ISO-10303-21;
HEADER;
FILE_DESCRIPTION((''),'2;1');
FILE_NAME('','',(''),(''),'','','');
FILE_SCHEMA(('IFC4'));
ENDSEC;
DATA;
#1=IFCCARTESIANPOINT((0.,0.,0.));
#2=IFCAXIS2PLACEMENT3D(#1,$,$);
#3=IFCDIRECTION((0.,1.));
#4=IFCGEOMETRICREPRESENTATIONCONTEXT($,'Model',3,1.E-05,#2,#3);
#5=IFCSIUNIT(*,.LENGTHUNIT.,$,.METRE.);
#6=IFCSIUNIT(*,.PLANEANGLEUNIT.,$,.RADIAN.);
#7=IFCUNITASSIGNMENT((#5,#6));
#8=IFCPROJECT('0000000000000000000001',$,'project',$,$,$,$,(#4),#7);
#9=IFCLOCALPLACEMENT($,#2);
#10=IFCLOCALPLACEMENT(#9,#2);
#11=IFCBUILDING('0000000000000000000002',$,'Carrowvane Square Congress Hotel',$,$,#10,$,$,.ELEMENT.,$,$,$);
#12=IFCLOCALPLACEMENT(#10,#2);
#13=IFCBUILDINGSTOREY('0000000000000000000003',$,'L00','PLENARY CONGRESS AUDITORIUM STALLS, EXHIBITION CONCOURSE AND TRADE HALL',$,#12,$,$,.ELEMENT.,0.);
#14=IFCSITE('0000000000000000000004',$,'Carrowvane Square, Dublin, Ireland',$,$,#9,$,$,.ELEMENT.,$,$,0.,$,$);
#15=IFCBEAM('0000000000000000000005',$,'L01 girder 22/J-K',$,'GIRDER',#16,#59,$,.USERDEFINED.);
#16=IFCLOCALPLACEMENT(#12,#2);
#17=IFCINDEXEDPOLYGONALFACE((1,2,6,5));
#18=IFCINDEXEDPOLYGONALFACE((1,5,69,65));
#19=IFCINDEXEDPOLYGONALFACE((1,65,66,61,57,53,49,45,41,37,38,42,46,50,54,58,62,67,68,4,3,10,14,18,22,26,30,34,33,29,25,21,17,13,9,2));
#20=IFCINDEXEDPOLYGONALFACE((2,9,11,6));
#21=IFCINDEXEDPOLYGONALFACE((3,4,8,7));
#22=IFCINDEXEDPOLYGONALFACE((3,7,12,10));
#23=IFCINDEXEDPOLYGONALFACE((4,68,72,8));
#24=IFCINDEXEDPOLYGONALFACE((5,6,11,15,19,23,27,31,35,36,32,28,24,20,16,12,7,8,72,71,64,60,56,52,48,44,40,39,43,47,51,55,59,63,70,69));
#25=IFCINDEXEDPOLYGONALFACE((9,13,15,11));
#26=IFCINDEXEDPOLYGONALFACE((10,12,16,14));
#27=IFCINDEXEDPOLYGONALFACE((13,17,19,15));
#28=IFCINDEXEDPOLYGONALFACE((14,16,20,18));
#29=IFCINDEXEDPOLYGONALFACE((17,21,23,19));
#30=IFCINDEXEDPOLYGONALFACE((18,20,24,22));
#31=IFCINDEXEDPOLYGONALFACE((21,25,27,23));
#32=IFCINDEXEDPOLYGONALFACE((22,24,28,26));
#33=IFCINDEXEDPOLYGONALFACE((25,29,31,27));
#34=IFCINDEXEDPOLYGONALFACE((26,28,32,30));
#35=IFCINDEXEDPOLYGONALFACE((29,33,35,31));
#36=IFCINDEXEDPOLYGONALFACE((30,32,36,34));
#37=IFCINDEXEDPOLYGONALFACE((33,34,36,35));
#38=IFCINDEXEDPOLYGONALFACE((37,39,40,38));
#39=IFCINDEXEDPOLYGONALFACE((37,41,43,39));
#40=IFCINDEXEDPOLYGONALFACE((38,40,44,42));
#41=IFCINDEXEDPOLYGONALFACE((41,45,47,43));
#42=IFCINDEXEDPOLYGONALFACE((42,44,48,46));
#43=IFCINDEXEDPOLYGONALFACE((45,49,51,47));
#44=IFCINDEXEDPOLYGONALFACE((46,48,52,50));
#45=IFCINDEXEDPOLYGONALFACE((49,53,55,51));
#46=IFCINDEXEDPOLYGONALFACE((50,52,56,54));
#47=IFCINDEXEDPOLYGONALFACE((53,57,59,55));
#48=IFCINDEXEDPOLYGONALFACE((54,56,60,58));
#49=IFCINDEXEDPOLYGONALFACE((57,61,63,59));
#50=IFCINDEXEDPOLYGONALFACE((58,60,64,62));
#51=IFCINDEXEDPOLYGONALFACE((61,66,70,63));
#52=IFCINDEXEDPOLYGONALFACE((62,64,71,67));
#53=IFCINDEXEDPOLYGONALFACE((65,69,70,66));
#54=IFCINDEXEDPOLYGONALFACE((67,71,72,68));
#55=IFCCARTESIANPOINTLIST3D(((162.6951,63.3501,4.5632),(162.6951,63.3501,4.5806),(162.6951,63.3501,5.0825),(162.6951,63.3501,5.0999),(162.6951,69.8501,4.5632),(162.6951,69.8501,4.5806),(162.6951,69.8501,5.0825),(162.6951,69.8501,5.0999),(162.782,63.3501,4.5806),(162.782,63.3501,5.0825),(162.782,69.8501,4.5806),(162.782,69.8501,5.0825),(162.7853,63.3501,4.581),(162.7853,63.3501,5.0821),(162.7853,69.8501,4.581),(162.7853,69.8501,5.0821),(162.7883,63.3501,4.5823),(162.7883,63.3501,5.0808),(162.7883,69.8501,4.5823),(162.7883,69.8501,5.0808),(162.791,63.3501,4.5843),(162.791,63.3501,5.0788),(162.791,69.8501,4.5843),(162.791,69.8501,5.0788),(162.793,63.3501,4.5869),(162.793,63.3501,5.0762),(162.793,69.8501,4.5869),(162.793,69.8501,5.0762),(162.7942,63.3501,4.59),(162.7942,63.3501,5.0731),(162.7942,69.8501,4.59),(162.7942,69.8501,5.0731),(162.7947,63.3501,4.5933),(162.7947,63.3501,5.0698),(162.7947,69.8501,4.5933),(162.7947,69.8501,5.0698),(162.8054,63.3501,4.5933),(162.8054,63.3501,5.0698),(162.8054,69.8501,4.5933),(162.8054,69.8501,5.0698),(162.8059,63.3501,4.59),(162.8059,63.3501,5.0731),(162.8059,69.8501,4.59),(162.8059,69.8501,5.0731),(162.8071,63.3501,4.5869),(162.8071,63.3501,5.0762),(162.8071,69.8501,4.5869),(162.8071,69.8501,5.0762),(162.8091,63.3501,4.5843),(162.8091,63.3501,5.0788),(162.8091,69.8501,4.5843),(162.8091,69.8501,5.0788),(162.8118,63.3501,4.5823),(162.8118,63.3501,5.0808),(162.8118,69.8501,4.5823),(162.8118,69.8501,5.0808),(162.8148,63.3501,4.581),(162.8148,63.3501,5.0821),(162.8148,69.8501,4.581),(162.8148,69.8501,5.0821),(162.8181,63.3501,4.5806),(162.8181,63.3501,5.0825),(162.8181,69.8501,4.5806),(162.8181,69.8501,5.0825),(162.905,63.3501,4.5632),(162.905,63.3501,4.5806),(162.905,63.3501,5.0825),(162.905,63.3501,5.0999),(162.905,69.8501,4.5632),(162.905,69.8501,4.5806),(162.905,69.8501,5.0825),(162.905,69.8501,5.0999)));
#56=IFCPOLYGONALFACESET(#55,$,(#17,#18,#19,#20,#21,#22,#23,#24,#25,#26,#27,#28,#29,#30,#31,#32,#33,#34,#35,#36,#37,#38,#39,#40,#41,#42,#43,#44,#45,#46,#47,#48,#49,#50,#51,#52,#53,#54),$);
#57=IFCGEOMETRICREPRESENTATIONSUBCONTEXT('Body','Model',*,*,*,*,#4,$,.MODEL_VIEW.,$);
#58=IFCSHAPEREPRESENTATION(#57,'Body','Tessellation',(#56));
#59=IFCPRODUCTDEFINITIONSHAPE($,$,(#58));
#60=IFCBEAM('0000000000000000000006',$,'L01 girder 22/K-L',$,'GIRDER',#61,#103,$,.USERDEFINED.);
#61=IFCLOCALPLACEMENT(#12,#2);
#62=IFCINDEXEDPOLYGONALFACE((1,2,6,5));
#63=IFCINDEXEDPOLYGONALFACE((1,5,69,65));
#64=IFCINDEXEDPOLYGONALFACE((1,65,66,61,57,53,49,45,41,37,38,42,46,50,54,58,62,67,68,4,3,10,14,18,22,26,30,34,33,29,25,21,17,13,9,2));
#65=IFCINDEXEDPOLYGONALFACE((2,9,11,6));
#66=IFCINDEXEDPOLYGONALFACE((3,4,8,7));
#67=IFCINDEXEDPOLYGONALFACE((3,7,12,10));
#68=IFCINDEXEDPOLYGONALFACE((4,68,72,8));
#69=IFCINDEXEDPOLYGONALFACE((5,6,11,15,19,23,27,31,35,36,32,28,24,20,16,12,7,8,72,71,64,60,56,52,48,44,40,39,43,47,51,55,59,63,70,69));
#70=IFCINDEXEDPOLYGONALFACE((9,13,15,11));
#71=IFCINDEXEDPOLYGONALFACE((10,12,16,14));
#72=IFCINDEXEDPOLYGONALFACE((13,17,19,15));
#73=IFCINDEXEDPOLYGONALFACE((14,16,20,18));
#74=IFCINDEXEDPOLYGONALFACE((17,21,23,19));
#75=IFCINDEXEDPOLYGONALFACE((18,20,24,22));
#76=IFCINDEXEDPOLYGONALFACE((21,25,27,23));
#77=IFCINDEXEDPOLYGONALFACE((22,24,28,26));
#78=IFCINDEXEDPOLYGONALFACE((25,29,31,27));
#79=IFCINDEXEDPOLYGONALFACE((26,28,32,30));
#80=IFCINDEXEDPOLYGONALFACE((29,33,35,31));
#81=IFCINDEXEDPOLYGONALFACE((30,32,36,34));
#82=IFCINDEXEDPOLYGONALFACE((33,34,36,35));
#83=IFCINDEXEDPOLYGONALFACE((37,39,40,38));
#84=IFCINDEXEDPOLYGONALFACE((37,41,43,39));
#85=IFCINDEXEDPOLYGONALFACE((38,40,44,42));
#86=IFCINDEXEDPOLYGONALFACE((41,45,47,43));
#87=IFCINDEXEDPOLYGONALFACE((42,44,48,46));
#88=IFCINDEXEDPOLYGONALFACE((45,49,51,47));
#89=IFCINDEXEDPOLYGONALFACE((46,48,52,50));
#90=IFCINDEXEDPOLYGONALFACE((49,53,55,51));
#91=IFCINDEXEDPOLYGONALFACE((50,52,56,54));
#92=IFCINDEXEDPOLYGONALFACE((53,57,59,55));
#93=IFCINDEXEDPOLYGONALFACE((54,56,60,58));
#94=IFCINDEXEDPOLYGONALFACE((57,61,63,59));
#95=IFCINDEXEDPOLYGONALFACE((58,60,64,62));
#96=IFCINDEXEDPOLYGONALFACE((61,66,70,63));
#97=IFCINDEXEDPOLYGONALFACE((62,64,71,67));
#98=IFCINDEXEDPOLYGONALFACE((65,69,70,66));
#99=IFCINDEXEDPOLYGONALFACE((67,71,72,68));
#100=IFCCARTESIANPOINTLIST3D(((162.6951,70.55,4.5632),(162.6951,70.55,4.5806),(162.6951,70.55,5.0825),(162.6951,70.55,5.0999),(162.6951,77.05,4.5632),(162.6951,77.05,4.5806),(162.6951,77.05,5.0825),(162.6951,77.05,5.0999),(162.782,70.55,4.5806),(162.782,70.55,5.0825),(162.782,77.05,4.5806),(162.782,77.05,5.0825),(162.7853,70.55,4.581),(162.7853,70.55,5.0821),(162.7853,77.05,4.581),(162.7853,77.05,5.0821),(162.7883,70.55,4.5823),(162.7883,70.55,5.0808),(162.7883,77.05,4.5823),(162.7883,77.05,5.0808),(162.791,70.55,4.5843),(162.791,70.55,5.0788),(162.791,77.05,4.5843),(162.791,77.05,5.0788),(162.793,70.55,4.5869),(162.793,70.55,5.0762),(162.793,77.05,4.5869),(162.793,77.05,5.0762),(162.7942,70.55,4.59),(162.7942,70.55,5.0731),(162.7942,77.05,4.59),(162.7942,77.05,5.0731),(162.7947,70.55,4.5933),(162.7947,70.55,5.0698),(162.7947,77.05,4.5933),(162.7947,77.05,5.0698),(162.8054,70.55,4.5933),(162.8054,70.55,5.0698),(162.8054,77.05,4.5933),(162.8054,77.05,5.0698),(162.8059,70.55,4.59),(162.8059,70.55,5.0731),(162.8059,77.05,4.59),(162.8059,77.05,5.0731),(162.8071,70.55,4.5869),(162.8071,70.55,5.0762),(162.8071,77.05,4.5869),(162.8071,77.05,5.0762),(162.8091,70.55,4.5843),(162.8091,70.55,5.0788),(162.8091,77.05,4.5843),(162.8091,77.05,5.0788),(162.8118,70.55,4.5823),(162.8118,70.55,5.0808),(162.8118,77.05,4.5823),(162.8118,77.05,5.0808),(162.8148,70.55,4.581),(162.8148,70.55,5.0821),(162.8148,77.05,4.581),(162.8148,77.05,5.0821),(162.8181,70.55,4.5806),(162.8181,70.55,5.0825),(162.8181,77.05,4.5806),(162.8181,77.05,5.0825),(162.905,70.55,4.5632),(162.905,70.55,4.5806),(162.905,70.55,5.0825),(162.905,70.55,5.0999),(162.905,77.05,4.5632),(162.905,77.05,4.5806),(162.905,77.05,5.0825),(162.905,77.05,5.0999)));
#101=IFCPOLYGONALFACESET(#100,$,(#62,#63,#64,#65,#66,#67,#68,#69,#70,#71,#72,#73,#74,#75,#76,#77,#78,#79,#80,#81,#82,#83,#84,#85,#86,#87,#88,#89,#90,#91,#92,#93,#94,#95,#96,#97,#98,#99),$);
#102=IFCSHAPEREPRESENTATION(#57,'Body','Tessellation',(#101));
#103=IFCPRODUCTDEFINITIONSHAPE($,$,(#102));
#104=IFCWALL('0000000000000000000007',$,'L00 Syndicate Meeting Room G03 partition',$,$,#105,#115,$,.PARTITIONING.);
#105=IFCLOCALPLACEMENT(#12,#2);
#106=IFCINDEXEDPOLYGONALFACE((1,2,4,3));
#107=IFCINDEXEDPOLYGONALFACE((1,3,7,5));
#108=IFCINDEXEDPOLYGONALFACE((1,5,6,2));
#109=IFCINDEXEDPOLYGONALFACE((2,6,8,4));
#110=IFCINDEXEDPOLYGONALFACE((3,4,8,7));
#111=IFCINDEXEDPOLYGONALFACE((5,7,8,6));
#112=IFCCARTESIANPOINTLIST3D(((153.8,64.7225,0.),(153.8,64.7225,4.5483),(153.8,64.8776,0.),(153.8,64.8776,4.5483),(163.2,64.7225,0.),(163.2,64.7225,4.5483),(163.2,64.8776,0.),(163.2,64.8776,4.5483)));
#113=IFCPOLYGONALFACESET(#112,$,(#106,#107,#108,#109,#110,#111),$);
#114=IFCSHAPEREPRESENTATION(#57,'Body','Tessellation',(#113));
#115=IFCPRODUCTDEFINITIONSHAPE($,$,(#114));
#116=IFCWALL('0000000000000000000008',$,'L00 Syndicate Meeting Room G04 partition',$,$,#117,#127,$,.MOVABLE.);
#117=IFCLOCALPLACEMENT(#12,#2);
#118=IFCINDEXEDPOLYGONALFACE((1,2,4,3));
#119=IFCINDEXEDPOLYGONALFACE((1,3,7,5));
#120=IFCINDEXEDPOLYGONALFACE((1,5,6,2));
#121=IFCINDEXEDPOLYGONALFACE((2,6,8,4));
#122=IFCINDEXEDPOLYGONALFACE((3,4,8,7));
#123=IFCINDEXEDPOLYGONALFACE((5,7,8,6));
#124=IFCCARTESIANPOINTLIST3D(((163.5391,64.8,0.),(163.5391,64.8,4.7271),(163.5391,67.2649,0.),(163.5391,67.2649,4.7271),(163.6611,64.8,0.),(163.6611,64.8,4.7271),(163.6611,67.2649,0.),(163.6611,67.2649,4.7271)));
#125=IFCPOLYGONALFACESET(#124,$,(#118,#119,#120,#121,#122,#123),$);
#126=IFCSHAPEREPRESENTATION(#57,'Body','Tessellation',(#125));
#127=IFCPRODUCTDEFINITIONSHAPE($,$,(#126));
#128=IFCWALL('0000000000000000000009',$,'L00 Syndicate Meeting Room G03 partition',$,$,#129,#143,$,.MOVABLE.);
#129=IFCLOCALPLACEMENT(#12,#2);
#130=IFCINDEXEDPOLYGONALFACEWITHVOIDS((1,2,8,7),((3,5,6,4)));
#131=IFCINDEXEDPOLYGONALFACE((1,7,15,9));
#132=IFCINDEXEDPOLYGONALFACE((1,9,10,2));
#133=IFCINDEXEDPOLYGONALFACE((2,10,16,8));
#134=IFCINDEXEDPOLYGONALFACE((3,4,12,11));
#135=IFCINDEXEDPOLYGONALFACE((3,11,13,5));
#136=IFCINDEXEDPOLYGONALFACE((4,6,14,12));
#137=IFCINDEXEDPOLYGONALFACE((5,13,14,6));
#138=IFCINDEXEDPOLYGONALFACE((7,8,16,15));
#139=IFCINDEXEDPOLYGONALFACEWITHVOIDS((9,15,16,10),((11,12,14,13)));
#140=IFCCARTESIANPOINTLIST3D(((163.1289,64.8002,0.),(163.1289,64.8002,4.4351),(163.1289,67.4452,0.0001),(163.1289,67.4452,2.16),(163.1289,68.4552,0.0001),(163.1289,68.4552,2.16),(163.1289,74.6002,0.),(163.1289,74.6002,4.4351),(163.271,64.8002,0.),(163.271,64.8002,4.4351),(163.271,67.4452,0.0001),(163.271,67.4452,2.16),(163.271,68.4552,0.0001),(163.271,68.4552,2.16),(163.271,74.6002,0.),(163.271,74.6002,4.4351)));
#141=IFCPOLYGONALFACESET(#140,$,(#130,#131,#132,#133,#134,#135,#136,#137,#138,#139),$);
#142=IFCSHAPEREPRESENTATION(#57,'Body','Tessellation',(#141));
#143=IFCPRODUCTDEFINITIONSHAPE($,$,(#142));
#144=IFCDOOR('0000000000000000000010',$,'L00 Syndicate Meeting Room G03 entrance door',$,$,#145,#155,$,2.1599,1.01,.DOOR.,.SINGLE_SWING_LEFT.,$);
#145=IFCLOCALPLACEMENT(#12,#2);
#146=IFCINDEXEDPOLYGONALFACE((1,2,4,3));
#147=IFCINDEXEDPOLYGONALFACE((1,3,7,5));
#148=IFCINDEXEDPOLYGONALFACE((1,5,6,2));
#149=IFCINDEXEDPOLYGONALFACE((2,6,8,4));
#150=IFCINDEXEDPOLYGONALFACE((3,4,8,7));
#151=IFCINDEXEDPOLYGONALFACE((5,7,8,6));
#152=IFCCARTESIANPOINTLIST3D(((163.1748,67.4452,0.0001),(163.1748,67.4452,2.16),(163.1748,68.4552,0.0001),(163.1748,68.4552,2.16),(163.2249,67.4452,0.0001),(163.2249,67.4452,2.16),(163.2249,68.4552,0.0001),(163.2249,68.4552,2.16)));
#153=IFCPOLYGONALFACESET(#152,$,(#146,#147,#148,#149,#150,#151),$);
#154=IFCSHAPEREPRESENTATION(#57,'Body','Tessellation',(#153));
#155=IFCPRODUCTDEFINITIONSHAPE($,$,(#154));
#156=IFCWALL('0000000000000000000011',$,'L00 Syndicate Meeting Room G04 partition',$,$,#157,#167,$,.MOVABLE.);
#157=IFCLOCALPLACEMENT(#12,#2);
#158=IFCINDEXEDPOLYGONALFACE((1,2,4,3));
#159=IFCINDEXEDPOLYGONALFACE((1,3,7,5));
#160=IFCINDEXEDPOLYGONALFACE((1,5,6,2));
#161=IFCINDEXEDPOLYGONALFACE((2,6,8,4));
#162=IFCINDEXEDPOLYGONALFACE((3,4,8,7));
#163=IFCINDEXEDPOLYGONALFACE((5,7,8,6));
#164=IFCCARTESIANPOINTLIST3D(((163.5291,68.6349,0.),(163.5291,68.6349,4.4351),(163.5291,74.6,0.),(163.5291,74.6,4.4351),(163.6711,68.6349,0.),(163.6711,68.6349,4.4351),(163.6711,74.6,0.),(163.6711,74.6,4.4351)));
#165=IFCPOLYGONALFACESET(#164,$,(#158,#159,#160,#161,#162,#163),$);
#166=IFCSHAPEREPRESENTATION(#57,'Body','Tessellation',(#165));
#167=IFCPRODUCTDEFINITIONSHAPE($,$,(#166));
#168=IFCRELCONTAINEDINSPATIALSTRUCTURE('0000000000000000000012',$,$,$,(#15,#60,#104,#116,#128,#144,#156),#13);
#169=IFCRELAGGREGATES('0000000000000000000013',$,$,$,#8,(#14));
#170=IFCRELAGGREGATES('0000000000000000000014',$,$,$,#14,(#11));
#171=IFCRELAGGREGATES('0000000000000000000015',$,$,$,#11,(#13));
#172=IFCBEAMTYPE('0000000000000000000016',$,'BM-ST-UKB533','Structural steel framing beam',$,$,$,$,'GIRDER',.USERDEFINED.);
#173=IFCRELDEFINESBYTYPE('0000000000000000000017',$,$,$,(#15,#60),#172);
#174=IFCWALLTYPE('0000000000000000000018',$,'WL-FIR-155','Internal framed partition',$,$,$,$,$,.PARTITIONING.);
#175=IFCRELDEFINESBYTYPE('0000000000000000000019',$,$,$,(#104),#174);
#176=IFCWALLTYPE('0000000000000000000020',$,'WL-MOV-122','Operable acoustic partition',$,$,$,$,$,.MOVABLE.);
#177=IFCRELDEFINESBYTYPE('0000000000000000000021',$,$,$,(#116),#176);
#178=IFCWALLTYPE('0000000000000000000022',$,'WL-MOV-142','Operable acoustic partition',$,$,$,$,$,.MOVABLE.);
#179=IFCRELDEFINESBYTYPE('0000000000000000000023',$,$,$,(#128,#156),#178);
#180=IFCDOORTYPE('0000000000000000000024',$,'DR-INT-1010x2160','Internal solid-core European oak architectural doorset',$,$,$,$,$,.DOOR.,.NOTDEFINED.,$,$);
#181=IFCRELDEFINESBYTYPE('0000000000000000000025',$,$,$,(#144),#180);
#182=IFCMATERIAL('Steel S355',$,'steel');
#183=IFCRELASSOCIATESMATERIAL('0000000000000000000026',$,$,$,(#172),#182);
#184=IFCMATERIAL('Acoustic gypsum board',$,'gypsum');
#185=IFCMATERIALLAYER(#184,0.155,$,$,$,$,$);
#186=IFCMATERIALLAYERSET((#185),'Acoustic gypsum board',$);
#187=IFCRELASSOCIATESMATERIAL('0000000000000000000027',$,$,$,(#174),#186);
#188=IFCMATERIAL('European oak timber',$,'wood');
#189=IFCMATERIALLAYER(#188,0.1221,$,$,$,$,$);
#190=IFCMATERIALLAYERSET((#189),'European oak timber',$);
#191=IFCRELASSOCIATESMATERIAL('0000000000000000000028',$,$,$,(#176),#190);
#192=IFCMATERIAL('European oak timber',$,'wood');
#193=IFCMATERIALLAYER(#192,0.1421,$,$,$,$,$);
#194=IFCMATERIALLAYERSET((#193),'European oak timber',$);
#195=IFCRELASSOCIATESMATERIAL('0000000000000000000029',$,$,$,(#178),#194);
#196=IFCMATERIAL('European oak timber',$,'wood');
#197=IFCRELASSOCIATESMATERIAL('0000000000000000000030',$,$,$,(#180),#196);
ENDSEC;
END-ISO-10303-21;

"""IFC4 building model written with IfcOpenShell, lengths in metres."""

from ifc_helpers import new_model, si_unit, direction, frame, frame_2d, origin, origin_2d, place, context, subcontext, project, spatial, rectangle, i_section, extrude, material, layer, layer_set, material_profile, profile_set, type_object, element, fill, save


model = new_model("IFC4")

# Units and contexts
model_context = context("Model", 3, precision=1e-05, world=origin(), true_north=direction((0.0, 1.0)))
body_context = subcontext(model_context, "Body", "Model", "MODEL_VIEW")
ifc_project = project(units=[si_unit("LENGTHUNIT", "METRE"), si_unit("PLANEANGLEUNIT", "RADIAN")], contexts=[model_context])

# Site, building, storey
site_placement = place(None, origin())
site = spatial("IfcSite", under=ifc_project, at=site_placement, Name="Carrowvane Square, Dublin, Ireland", CompositionType="ELEMENT", RefElevation=0.0)
building_placement = place(site_placement, origin())
building = spatial("IfcBuilding", under=site, at=building_placement, Name="Carrowvane Square Congress Hotel", CompositionType="ELEMENT")
storey_placement = place(building_placement, origin())
storey = spatial("IfcBuildingStorey", under=building, at=storey_placement, Name="L00", Description="PLENARY CONGRESS AUDITORIUM STALLS, EXHIBITION CONCOURSE AND TRADE HALL", CompositionType="ELEMENT", Elevation=0.0)

# Beams
ifc_material_1 = material(Name="Steel S355", Category="steel")
ifc_material_profile_1 = material_profile(ifc_material_1, i_section(OverallWidth=0.21, OverallDepth=0.5366, WebThickness=0.0107, FlangeThickness=0.0173, FilletRadius=0.0127, at=origin_2d()), Name="UKB 533x210x101")
ifc_profile_set_1 = profile_set([ifc_material_profile_1], Name="Steel S355")
beam_type_1 = type_object("IfcBeamType", Name="BM-ST-UKB533", Description="Structural steel framing beam", ElementType="GIRDER", PredefinedType="USERDEFINED", material=ifc_profile_set_1)
for number, where, z_axis, x_axis, name in (
    (1, (162.8, 63.3501, 4.8315), (0.0, 1.0, 0.0), (-1.0, 0.0, 0.0), "L01 girder 22/J-K"),
    (2, (162.8, 70.55, 4.8315), (0.0, 1.0, 0.0), (-1.0, 0.0, 0.0), "L01 girder 22/K-L"),
):
    element("IfcBeam", number, at=place(storey_placement, frame(where, z_axis=z_axis, x_axis=x_axis)), inside=storey, type_object=beam_type_1, Name=name, ObjectType="GIRDER", PredefinedType="USERDEFINED", context=body_context, shape_type="SweptSolid", body=[
        extrude(i_section(OverallWidth=0.21, OverallDepth=0.5366, WebThickness=0.0107, FlangeThickness=0.0173, FilletRadius=0.0127, at=origin_2d()), origin(), (0.0, 0.0, 1.0), 6.5),
    ])

# Walls
ifc_material_2 = material(Name="Acoustic gypsum board", Category="gypsum")
ifc_layer_1 = layer(ifc_material_2, 0.155)
ifc_layer_set_1 = layer_set([ifc_layer_1], Name="Acoustic gypsum board")
wall_type_1 = type_object("IfcWallType", Name="WL-FIR-155", Description="Internal framed partition", PredefinedType="PARTITIONING", material=ifc_layer_set_1)
wall_1_placement = place(storey_placement, frame((163.2, 64.8, 0.0), z_axis=(0.0, 0.0, 1.0), x_axis=(-1.0, 0.0, 0.0)))
element("IfcWall", 3, at=wall_1_placement, inside=storey, type_object=wall_type_1, Name="L00 Syndicate Meeting Room G03 partition", PredefinedType="PARTITIONING", context=body_context, shape_type="SweptSolid", body=[
    extrude(rectangle(XDim=9.3999, YDim=0.155, at=frame_2d((4.7, 0.0))), origin(), (0.0, 0.0, 1.0), 4.5483),
])
ifc_material_3 = material(Name="European oak timber", Category="wood")
ifc_layer_2 = layer(ifc_material_3, 0.1221)
ifc_layer_set_2 = layer_set([ifc_layer_2], Name="European oak timber")
wall_type_2 = type_object("IfcWallType", Name="WL-MOV-122", Description="Operable acoustic partition", PredefinedType="MOVABLE", material=ifc_layer_set_2)
wall_2_placement = place(storey_placement, frame((163.6001, 64.8, 0.0), z_axis=(0.0, 0.0, 1.0), x_axis=(0.0, 1.0, 0.0)))
element("IfcWall", 4, at=wall_2_placement, inside=storey, type_object=wall_type_2, Name="L00 Syndicate Meeting Room G04 partition", PredefinedType="MOVABLE", context=body_context, shape_type="SweptSolid", body=[
    extrude(rectangle(XDim=2.4648, YDim=0.1221, at=frame_2d((1.2324, 0.0))), origin(), (0.0, 0.0, 1.0), 4.7271),
])

# Wall, opening, door
ifc_material_4 = material(Name="European oak timber", Category="wood")
ifc_layer_3 = layer(ifc_material_4, 0.1421)
ifc_layer_set_3 = layer_set([ifc_layer_3], Name="European oak timber")
wall_type_3 = type_object("IfcWallType", Name="WL-MOV-142", Description="Operable acoustic partition", PredefinedType="MOVABLE", material=ifc_layer_set_3)
wall_3_placement = place(storey_placement, frame((163.2, 74.6001, 0.0), z_axis=(0.0, 0.0, 1.0), x_axis=(0.0, -1.0, 0.0)))
wall_3 = element("IfcWall", 5, at=wall_3_placement, inside=storey, type_object=wall_type_3, Name="L00 Syndicate Meeting Room G03 partition", PredefinedType="MOVABLE", context=body_context, shape_type="SweptSolid", body=[
    extrude(rectangle(XDim=9.8, YDim=0.1421, at=frame_2d((4.8999, 0.0))), origin(), (0.0, 0.0, 1.0), 4.4351),
])
opening_1_placement = place(wall_3_placement, frame((6.145, 0.0, 0.0)))
opening_1 = element("IfcOpeningElement", 6, at=opening_1_placement, cuts=wall_3, PredefinedType="OPENING", context=body_context, shape_type="SweptSolid", body=[
    extrude(rectangle(XDim=1.01, YDim=2.1599, at=frame_2d((0.5049, 1.0801))), frame((0.0, 0.0811, 0.0), z_axis=(0.0, -1.0, 0.0), x_axis=(1.0, 0.0, 0.0)), (0.0, 0.0, 1.0), 0.1621),
])
ifc_material_5 = material(Name="European oak timber", Category="wood")
door_type_1 = type_object("IfcDoorType", Name="DR-INT-1010x2160", Description="Internal solid-core European oak architectural doorset", OperationType="NOTDEFINED", PredefinedType="DOOR", material=ifc_material_5)
door_1_placement = place(opening_1_placement, origin())
door_1 = element("IfcDoor", 7, at=door_1_placement, inside=storey, type_object=door_type_1, Name="L00 Syndicate Meeting Room G03 entrance door", OperationType="SINGLE_SWING_LEFT", OverallHeight=2.1599, OverallWidth=1.01, PredefinedType="DOOR", context=body_context, shape_type="SweptSolid", body=[
    extrude(rectangle(XDim=1.01, YDim=2.1599, at=frame_2d((0.5049, 1.0801))), frame((0.0, 0.0249, 0.0), z_axis=(0.0, -1.0, 0.0), x_axis=(1.0, 0.0, 0.0)), (0.0, 0.0, 1.0), 0.05),
])
fill(opening_1, door_1)

# Wall
wall_4_placement = place(storey_placement, frame((163.6001, 68.635, 0.0), z_axis=(0.0, 0.0, 1.0), x_axis=(0.0, 1.0, 0.0)))
element("IfcWall", 8, at=wall_4_placement, inside=storey, type_object=wall_type_3, Name="L00 Syndicate Meeting Room G04 partition", PredefinedType="MOVABLE", context=body_context, shape_type="SweptSolid", body=[
    extrude(rectangle(XDim=5.9651, YDim=0.1421, at=frame_2d((2.9824, 0.0))), origin(), (0.0, 0.0, 1.0), 4.4351),
])

save(model, "model.ifc")
